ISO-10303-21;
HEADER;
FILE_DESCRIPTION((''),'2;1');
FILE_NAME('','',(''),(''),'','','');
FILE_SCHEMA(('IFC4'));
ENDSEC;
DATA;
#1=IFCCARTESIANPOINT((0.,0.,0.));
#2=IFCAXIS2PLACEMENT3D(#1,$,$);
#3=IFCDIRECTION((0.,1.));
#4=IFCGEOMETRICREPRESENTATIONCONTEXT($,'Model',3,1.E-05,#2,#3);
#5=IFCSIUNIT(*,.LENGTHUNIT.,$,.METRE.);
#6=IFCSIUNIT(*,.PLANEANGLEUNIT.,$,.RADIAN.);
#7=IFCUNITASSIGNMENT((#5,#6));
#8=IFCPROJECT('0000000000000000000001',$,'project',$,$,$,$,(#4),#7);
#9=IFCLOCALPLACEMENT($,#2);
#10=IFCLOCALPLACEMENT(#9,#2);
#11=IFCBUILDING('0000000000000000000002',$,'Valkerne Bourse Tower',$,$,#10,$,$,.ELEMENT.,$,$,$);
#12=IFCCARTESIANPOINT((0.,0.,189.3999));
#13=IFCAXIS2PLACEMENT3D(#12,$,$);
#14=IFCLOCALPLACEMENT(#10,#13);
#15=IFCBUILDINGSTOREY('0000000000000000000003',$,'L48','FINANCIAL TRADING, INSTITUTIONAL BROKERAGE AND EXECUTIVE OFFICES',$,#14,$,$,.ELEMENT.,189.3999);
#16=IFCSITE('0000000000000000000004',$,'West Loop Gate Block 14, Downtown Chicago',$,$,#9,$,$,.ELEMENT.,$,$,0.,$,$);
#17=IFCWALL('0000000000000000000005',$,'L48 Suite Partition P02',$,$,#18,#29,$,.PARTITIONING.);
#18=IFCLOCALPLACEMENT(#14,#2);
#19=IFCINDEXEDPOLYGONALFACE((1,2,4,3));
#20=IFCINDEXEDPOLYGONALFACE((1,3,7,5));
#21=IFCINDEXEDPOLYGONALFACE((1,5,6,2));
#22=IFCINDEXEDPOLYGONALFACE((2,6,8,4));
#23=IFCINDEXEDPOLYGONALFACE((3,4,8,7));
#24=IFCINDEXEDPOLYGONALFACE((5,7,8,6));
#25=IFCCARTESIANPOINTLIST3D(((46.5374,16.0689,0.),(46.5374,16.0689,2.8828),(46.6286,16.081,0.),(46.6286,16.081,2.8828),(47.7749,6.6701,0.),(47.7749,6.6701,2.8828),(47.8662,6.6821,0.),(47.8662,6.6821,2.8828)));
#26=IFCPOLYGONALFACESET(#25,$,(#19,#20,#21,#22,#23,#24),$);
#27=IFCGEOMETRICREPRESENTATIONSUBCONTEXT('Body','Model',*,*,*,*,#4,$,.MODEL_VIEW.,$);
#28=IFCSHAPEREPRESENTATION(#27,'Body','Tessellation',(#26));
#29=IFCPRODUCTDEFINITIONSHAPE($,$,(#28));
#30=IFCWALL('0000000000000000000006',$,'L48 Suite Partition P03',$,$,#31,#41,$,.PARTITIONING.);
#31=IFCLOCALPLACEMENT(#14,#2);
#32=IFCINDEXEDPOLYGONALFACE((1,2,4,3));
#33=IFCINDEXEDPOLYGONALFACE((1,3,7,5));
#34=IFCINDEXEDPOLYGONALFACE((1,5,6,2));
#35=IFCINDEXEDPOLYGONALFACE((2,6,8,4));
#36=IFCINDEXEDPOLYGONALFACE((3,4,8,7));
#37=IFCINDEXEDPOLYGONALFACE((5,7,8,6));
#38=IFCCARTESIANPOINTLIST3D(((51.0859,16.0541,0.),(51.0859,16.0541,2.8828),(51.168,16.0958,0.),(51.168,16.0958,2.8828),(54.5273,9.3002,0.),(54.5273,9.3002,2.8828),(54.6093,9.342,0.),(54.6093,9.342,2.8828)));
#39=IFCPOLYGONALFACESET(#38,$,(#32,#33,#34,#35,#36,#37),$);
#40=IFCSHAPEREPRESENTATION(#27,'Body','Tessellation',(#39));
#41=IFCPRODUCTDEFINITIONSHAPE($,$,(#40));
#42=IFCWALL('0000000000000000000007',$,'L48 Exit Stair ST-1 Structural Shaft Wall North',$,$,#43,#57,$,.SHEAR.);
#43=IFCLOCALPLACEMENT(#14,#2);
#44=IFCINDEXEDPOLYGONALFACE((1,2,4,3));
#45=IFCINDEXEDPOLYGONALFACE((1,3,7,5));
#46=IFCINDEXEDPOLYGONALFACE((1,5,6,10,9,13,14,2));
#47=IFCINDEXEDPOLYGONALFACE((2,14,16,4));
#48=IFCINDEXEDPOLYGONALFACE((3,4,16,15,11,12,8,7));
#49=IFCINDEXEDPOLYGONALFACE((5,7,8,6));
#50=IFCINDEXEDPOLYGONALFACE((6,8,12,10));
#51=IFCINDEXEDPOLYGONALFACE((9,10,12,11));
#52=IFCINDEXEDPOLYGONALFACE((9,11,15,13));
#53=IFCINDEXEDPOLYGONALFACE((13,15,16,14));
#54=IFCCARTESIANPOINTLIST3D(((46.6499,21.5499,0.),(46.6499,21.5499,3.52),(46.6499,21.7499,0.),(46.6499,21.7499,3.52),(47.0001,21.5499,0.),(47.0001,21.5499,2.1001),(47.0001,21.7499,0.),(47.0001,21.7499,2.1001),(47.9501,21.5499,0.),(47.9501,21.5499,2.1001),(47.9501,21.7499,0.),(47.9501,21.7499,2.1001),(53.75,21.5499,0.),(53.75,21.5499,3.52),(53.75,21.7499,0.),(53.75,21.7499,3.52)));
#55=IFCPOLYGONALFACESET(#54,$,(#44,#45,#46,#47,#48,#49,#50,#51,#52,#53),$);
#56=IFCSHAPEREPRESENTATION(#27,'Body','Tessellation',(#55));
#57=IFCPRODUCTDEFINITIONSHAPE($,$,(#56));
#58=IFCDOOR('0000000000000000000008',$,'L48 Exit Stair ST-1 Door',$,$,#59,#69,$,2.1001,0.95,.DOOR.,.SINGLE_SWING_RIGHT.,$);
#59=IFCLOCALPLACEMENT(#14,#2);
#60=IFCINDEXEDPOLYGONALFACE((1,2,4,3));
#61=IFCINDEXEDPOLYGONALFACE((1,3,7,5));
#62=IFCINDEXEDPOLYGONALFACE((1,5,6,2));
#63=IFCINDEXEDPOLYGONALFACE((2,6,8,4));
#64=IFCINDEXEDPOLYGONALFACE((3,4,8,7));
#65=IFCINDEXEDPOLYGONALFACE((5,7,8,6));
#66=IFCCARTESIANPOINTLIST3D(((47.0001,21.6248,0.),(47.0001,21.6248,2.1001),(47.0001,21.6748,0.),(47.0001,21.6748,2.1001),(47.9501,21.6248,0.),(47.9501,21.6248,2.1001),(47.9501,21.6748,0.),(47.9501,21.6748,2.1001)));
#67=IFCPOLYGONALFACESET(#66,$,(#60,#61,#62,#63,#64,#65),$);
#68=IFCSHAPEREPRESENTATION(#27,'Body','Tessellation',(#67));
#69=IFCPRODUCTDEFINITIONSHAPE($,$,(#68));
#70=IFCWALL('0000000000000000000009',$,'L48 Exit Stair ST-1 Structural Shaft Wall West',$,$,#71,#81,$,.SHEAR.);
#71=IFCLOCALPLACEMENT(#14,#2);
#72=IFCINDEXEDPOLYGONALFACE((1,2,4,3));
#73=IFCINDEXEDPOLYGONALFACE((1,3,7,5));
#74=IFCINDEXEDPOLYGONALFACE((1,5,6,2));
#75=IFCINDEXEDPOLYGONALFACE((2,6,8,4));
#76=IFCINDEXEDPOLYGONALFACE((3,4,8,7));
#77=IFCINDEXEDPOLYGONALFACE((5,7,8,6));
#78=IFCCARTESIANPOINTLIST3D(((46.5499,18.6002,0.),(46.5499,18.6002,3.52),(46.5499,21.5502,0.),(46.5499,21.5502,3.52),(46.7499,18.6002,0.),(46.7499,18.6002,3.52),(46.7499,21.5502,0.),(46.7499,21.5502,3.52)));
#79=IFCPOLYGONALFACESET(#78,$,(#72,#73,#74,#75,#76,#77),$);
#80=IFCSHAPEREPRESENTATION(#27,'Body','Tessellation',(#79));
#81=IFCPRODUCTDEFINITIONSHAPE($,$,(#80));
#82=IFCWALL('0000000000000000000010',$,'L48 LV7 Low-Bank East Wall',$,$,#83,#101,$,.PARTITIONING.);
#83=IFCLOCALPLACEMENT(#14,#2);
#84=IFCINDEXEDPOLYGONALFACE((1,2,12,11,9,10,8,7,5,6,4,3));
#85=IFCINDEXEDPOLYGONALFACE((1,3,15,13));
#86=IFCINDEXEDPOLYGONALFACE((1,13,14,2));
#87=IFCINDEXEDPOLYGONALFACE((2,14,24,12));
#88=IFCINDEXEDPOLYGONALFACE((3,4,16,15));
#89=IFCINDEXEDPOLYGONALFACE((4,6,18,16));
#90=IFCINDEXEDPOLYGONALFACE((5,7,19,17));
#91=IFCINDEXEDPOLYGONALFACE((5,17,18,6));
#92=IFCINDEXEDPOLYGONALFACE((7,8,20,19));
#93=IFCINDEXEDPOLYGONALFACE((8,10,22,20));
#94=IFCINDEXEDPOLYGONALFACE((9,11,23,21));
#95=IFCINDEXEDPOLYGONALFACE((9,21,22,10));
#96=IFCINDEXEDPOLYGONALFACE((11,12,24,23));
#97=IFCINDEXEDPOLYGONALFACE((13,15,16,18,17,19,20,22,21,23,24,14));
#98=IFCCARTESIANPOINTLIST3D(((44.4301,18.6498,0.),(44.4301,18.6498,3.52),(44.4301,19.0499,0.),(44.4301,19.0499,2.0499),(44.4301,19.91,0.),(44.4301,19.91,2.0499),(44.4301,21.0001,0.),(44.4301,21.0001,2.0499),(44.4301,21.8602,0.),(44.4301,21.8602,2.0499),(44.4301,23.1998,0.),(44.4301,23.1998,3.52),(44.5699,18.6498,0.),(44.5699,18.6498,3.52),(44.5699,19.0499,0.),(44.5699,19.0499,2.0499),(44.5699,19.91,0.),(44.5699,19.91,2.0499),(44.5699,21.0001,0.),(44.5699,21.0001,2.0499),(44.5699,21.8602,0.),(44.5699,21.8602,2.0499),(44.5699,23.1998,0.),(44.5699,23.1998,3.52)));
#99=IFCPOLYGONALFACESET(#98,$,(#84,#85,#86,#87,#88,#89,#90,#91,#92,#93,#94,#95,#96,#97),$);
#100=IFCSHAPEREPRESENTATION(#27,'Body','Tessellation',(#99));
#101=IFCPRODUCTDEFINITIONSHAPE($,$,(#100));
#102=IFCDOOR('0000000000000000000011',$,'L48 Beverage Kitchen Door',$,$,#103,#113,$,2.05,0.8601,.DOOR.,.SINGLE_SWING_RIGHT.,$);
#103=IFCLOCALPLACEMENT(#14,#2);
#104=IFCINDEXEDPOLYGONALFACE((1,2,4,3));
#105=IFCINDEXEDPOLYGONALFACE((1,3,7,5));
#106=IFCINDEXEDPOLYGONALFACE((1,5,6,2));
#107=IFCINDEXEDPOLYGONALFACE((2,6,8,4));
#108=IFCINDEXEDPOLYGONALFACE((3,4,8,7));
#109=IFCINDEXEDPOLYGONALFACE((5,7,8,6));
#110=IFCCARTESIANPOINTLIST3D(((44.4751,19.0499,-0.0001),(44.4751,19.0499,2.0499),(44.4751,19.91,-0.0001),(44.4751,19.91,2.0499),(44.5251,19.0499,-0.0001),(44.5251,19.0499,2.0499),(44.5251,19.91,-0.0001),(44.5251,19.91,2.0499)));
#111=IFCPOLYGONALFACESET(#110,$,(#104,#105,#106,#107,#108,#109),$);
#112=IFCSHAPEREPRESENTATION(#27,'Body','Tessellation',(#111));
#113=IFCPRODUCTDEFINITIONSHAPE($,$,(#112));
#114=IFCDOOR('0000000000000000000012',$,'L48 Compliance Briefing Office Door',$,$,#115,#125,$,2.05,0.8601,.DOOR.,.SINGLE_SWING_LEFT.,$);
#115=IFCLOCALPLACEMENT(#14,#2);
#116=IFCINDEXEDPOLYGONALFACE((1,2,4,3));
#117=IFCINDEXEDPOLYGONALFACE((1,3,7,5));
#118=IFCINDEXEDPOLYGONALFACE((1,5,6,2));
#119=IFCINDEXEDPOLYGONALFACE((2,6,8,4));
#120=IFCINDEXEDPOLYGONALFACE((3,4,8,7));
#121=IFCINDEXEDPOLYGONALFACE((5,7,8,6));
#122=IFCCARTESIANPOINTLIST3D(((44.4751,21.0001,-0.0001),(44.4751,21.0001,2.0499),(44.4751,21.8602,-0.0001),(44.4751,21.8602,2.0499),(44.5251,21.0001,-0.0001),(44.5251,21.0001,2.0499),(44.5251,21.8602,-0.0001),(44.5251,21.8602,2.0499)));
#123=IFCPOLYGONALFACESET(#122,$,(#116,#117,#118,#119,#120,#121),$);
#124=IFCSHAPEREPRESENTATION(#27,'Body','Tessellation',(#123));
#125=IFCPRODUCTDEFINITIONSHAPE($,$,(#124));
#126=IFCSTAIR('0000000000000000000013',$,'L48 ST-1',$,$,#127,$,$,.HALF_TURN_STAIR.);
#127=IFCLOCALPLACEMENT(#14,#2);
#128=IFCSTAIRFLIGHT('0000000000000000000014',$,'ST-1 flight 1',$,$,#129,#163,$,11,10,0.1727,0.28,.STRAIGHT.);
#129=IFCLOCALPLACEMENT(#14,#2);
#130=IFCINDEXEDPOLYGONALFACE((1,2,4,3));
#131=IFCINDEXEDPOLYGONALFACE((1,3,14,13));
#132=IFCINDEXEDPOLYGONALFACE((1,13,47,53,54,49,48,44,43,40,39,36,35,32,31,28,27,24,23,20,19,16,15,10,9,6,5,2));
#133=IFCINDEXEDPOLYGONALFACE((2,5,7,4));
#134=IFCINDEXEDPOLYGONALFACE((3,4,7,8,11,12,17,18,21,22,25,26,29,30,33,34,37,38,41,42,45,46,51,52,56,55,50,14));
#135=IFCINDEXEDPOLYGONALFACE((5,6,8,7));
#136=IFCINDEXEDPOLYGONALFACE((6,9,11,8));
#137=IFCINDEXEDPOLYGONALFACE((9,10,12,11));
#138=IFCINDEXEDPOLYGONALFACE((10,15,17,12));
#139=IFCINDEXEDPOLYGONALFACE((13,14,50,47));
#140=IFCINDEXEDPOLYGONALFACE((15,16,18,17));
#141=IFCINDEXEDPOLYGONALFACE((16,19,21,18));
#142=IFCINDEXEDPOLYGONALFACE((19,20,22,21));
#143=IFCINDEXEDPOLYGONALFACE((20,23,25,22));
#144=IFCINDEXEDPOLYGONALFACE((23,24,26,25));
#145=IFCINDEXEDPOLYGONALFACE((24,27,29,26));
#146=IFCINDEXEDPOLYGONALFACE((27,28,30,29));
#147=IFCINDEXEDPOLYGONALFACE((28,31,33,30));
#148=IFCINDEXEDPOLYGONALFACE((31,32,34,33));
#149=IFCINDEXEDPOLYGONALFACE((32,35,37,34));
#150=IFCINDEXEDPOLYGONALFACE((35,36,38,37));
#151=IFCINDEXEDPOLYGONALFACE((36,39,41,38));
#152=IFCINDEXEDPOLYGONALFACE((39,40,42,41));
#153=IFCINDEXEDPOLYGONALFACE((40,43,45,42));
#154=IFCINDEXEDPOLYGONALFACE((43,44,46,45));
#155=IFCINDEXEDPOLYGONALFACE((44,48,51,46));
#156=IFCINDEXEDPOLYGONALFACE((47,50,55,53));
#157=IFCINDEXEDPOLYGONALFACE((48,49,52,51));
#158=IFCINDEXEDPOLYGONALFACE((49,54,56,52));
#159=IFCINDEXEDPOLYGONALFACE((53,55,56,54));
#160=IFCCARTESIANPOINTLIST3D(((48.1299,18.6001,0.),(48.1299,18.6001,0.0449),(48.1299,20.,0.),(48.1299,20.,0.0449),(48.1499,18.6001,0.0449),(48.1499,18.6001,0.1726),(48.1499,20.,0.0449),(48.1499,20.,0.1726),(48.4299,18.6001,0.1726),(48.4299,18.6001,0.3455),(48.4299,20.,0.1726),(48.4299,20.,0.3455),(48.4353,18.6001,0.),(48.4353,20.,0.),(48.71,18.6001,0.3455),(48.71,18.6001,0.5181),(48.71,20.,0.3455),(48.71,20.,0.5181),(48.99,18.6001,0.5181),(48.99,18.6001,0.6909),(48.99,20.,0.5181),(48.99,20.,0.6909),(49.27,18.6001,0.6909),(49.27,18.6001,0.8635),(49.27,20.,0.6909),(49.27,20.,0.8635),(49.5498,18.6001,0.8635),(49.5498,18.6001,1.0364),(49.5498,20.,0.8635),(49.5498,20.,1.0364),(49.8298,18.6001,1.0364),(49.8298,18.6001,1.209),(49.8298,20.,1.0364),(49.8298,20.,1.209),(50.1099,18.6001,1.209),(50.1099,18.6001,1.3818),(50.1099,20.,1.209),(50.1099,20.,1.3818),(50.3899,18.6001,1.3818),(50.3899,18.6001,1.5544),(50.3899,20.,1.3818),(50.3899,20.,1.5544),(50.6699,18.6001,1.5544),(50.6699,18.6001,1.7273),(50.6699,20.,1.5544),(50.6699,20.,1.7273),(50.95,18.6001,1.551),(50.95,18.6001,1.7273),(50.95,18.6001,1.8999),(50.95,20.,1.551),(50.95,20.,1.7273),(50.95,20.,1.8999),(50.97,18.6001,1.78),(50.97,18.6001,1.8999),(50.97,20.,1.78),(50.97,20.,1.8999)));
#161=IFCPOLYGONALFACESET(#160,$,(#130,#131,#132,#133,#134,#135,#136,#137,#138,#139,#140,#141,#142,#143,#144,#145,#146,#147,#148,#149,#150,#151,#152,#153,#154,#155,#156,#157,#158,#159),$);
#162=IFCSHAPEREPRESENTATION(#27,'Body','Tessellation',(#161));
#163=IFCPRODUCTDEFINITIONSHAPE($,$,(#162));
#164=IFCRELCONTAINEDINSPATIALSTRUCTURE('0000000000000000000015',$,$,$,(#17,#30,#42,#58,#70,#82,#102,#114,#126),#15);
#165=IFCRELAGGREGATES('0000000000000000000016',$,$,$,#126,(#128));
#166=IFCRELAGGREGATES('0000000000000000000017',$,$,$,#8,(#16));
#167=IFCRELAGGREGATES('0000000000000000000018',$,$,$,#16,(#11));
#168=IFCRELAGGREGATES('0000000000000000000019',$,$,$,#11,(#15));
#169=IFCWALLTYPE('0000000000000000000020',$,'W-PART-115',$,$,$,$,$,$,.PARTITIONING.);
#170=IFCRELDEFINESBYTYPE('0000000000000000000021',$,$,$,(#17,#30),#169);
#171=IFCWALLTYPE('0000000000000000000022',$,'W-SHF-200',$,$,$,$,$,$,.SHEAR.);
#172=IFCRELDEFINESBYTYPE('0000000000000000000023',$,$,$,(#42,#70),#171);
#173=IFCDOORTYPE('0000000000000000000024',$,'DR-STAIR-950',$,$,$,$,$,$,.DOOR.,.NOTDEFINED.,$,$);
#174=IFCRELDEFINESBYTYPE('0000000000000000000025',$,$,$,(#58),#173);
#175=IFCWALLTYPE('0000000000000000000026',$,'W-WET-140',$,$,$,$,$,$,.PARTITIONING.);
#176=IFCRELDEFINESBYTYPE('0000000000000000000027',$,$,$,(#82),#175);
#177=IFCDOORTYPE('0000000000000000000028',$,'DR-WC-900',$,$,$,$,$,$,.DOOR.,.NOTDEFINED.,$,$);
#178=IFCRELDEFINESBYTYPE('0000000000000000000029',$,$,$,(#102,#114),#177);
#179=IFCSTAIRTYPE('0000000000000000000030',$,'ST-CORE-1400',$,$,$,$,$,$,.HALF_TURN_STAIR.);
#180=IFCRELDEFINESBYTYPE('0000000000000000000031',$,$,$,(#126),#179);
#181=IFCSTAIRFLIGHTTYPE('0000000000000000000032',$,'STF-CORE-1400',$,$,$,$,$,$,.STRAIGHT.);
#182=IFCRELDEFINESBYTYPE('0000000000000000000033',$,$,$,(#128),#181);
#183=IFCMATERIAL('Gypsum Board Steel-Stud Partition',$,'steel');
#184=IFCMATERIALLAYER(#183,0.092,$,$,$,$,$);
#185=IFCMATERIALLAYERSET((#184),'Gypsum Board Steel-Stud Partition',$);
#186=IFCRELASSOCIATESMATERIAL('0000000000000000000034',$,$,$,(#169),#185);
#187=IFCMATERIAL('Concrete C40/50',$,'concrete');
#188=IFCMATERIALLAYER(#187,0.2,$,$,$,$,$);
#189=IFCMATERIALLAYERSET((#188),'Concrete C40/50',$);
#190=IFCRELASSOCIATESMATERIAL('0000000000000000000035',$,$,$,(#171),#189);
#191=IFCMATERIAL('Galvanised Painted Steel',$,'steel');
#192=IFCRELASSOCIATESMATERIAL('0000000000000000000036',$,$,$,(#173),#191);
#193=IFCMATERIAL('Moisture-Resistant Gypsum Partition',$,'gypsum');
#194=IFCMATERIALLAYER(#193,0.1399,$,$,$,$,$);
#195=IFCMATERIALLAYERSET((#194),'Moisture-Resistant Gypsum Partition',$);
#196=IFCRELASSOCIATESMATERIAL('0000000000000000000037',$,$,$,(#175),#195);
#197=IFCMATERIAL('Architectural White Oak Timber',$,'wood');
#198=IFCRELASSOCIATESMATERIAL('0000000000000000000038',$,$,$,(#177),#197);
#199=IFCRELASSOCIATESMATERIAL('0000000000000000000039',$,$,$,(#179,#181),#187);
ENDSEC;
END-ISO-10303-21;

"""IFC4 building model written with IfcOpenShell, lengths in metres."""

from ifc_helpers import new_model, si_unit, direction, frame, frame_2d, origin, place, context, subcontext, project, spatial, polyline, rectangle, outline, extrude, material, layer, layer_set, type_object, element, fill, aggregate, save


model = new_model("IFC4")

# Units and contexts
model_context = context("Model", 3, precision=1e-05, world=origin(), true_north=direction((0.0, 1.0)))
body_context = subcontext(model_context, "Body", "Model", "MODEL_VIEW")
ifc_project = project(units=[si_unit("LENGTHUNIT", "METRE"), si_unit("PLANEANGLEUNIT", "RADIAN")], contexts=[model_context])

# Site, building, storey
site_placement = place(None, origin())
site = spatial("IfcSite", under=ifc_project, at=site_placement, Name="West Loop Gate Block 14, Downtown Chicago", CompositionType="ELEMENT", RefElevation=0.0)
building_placement = place(site_placement, origin())
building = spatial("IfcBuilding", under=site, at=building_placement, Name="Valkerne Bourse Tower", CompositionType="ELEMENT")
storey_placement = place(building_placement, frame((0.0, 0.0, 189.3999)))
storey = spatial("IfcBuildingStorey", under=building, at=storey_placement, Name="L48", Description="FINANCIAL TRADING, INSTITUTIONAL BROKERAGE AND EXECUTIVE OFFICES", CompositionType="ELEMENT", Elevation=189.3999)

# Shared definitions
ifc_material_1 = material(Name="Galvanised Painted Steel", Category="steel")

# Walls
ifc_material_2 = material(Name="Gypsum Board Steel-Stud Partition", Category="steel")
ifc_layer_1 = layer(ifc_material_2, 0.092)
ifc_layer_set_1 = layer_set([ifc_layer_1], Name="Gypsum Board Steel-Stud Partition")
wall_type_1 = type_object("IfcWallType", Name="W-PART-115", PredefinedType="PARTITIONING", material=ifc_layer_set_1)
wall_1_placement = place(storey_placement, frame((46.583, 16.075, 0.0), z_axis=(0.0, 0.0, 1.0), x_axis=(0.130542, -0.991443, 0.0)))
element("IfcWall", 1, at=wall_1_placement, inside=storey, type_object=wall_type_1, Name="L48 Suite Partition P02", PredefinedType="PARTITIONING", context=body_context, shape_type="SweptSolid", body=[
    extrude(rectangle(XDim=9.48, YDim=0.092, at=frame_2d((4.74, 0.0))), origin(), (0.0, 0.0, 1.0), 2.8828),
])
wall_2_placement = place(storey_placement, frame((51.127, 16.075, 0.0), z_axis=(0.0, 0.0, 1.0), x_axis=(0.454003, -0.891, 0.0)))
element("IfcWall", 2, at=wall_2_placement, inside=storey, type_object=wall_type_1, Name="L48 Suite Partition P03", PredefinedType="PARTITIONING", context=body_context, shape_type="SweptSolid", body=[
    extrude(rectangle(XDim=7.5801, YDim=0.092, at=frame_2d((3.79, 0.0))), origin(), (0.0, 0.0, 1.0), 2.8828),
])

# Wall, opening, door
ifc_material_3 = material(Name="Concrete C40/50", Category="concrete")
ifc_layer_2 = layer(ifc_material_3, 0.2)
ifc_layer_set_2 = layer_set([ifc_layer_2], Name="Concrete C40/50")
wall_type_2 = type_object("IfcWallType", Name="W-SHF-200", PredefinedType="SHEAR", material=ifc_layer_set_2)
wall_3_placement = place(storey_placement, frame((46.6499, 21.6499, 0.0), z_axis=(0.0, 0.0, 1.0), x_axis=(1.0, 0.0, 0.0)))
wall_3 = element("IfcWall", 3, at=wall_3_placement, inside=storey, type_object=wall_type_2, Name="L48 Exit Stair ST-1 Structural Shaft Wall North", PredefinedType="SHEAR", context=body_context, shape_type="SweptSolid", body=[
    extrude(rectangle(XDim=7.1001, YDim=0.2, at=frame_2d((3.55, 0.0))), origin(), (0.0, 0.0, 1.0), 3.52),
])
opening_1_placement = place(wall_3_placement, frame((0.3501, 0.0, 0.0)))
opening_1 = element("IfcOpeningElement", 4, at=opening_1_placement, cuts=wall_3, PredefinedType="OPENING", context=body_context, shape_type="SweptSolid", body=[
    extrude(rectangle(XDim=0.95, YDim=2.1001, at=frame_2d((0.4751, 1.05))), frame((0.0, 0.1099, 0.0), z_axis=(0.0, -1.0, 0.0), x_axis=(1.0, 0.0, 0.0)), (0.0, 0.0, 1.0), 0.22),
])
door_type_1 = type_object("IfcDoorType", Name="DR-STAIR-950", OperationType="NOTDEFINED", PredefinedType="DOOR", material=ifc_material_1)
door_1_placement = place(opening_1_placement, origin())
door_1 = element("IfcDoor", 5, at=door_1_placement, inside=storey, type_object=door_type_1, Name="L48 Exit Stair ST-1 Door", OperationType="SINGLE_SWING_RIGHT", OverallHeight=2.1001, OverallWidth=0.95, PredefinedType="DOOR", context=body_context, shape_type="SweptSolid", body=[
    extrude(rectangle(XDim=0.95, YDim=2.1001, at=frame_2d((0.4751, 1.05))), frame((0.0, 0.0249, 0.0), z_axis=(0.0, -1.0, 0.0), x_axis=(1.0, 0.0, 0.0)), (0.0, 0.0, 1.0), 0.05),
])
fill(opening_1, door_1)

# Wall
wall_4_placement = place(storey_placement, frame((46.6499, 18.6001, 0.0), z_axis=(0.0, 0.0, 1.0), x_axis=(0.0, 1.0, 0.0)))
element("IfcWall", 6, at=wall_4_placement, inside=storey, type_object=wall_type_2, Name="L48 Exit Stair ST-1 Structural Shaft Wall West", PredefinedType="SHEAR", context=body_context, shape_type="SweptSolid", body=[
    extrude(rectangle(XDim=2.95, YDim=0.2, at=frame_2d((1.4751, 0.0))), origin(), (0.0, 0.0, 1.0), 3.52),
])

# Wall, openings, doors
ifc_material_4 = material(Name="Moisture-Resistant Gypsum Partition", Category="gypsum")
ifc_layer_3 = layer(ifc_material_4, 0.1399)
ifc_layer_set_3 = layer_set([ifc_layer_3], Name="Moisture-Resistant Gypsum Partition")
wall_type_3 = type_object("IfcWallType", Name="W-WET-140", PredefinedType="PARTITIONING", material=ifc_layer_set_3)
wall_5_placement = place(storey_placement, frame((44.5, 18.6499, 0.0), z_axis=(0.0, 0.0, 1.0), x_axis=(0.0, 1.0, 0.0)))
wall_5 = element("IfcWall", 7, at=wall_5_placement, inside=storey, type_object=wall_type_3, Name="L48 LV7 Low-Bank East Wall", PredefinedType="PARTITIONING", context=body_context, shape_type="SweptSolid", body=[
    extrude(rectangle(XDim=4.55, YDim=0.1399, at=frame_2d((2.2749, 0.0))), origin(), (0.0, 0.0, 1.0), 3.52),
])
opening_2_placement = place(wall_5_placement, frame((0.3999, 0.0, 0.0)))
opening_2 = element("IfcOpeningElement", 8, at=opening_2_placement, cuts=wall_5, PredefinedType="OPENING", context=body_context, shape_type="SweptSolid", body=[
    extrude(rectangle(XDim=0.8601, YDim=2.05, at=frame_2d((0.4302, 1.0249))), frame((0.0, 0.0798, 0.0), z_axis=(0.0, -1.0, 0.0), x_axis=(1.0, 0.0, 0.0)), (0.0, 0.0, 1.0), 0.1599),
])
opening_3_placement = place(wall_5_placement, frame((2.3501, 0.0, 0.0)))
opening_3 = element("IfcOpeningElement", 9, at=opening_3_placement, cuts=wall_5, PredefinedType="OPENING", context=body_context, shape_type="SweptSolid", body=[
    extrude(rectangle(XDim=0.8601, YDim=2.05, at=frame_2d((0.4302, 1.0249))), frame((0.0, 0.0798, 0.0), z_axis=(0.0, -1.0, 0.0), x_axis=(1.0, 0.0, 0.0)), (0.0, 0.0, 1.0), 0.1599),
])
ifc_material_5 = material(Name="Architectural White Oak Timber", Category="wood")
door_type_2 = type_object("IfcDoorType", Name="DR-WC-900", OperationType="NOTDEFINED", PredefinedType="DOOR", material=ifc_material_5)
door_2_placement = place(opening_2_placement, origin())
door_2 = element("IfcDoor", 10, at=door_2_placement, inside=storey, type_object=door_type_2, Name="L48 Beverage Kitchen Door", OperationType="SINGLE_SWING_RIGHT", OverallHeight=2.05, OverallWidth=0.8601, PredefinedType="DOOR", context=body_context, shape_type="SweptSolid", body=[
    extrude(rectangle(XDim=0.8601, YDim=2.05, at=frame_2d((0.4302, 1.0249))), frame((0.0, 0.0249, 0.0), z_axis=(0.0, -1.0, 0.0), x_axis=(1.0, 0.0, 0.0)), (0.0, 0.0, 1.0), 0.05),
])
fill(opening_2, door_2)
door_3_placement = place(opening_3_placement, origin())
door_3 = element("IfcDoor", 11, at=door_3_placement, inside=storey, type_object=door_type_2, Name="L48 Compliance Briefing Office Door", OperationType="SINGLE_SWING_LEFT", OverallHeight=2.05, OverallWidth=0.8601, PredefinedType="DOOR", context=body_context, shape_type="SweptSolid", body=[
    extrude(rectangle(XDim=0.8601, YDim=2.05, at=frame_2d((0.4302, 1.0249))), frame((0.0, 0.0249, 0.0), z_axis=(0.0, -1.0, 0.0), x_axis=(1.0, 0.0, 0.0)), (0.0, 0.0, 1.0), 0.05),
])
fill(opening_3, door_3)

# Stair, stair flight
stair_type = type_object("IfcStairType", Name="ST-CORE-1400", PredefinedType="HALF_TURN_STAIR", material=ifc_material_3)
stair_placement = place(storey_placement, origin())
stair = element("IfcStair", 12, at=stair_placement, inside=storey, type_object=stair_type, Name="L48 ST-1", PredefinedType="HALF_TURN_STAIR")
stair_flight_type = type_object("IfcStairFlightType", Name="STF-CORE-1400", PredefinedType="STRAIGHT", material=ifc_material_3)
stair_flight_1_placement = place(storey_placement, frame((48.1499, 19.3, 0.0), z_axis=(0.0, 0.0, 1.0), x_axis=(1.0, 0.0, 0.0)))
stair_flight_1 = element("IfcStairFlight", 13, at=stair_flight_1_placement, type_object=stair_flight_type, Name="ST-1 flight 1", NumberOfRisers=11, NumberOfTreads=10, PredefinedType="STRAIGHT", RiserHeight=0.1727, TreadLength=0.28, context=body_context, shape_type="SweptSolid", body=[
    extrude(outline(polyline([(-0.02, 0.0), (-0.02, 0.0449), (0.0, 0.0449), (0.0, 0.1726), (0.28, 0.1726), (0.28, 0.3455), (0.5601, 0.3455), (0.5601, 0.5181), (0.8401, 0.5181), (0.8401, 0.6909), (1.1201, 0.6909), (1.1201, 0.8635), (1.3999, 0.8635), (1.3999, 1.0364), (1.6799, 1.0364), (1.6799, 1.209), (1.96, 1.209), (1.96, 1.3818), (2.24, 1.3818), (2.24, 1.5544), (2.52, 1.5544), (2.52, 1.7273), (2.8, 1.7273), (2.8, 1.8999), (2.8201, 1.8999), (2.8201, 1.78), (2.8, 1.551), (0.2854, 0.0), (-0.02, 0.0)])), frame((0.0, 0.7, 0.0), z_axis=(0.0, -1.0, 0.0), x_axis=(1.0, 0.0, 0.0)), (0.0, 0.0, 1.0), 1.3999),
])
aggregate(stair, [stair_flight_1])

save(model, "model.ifc")
